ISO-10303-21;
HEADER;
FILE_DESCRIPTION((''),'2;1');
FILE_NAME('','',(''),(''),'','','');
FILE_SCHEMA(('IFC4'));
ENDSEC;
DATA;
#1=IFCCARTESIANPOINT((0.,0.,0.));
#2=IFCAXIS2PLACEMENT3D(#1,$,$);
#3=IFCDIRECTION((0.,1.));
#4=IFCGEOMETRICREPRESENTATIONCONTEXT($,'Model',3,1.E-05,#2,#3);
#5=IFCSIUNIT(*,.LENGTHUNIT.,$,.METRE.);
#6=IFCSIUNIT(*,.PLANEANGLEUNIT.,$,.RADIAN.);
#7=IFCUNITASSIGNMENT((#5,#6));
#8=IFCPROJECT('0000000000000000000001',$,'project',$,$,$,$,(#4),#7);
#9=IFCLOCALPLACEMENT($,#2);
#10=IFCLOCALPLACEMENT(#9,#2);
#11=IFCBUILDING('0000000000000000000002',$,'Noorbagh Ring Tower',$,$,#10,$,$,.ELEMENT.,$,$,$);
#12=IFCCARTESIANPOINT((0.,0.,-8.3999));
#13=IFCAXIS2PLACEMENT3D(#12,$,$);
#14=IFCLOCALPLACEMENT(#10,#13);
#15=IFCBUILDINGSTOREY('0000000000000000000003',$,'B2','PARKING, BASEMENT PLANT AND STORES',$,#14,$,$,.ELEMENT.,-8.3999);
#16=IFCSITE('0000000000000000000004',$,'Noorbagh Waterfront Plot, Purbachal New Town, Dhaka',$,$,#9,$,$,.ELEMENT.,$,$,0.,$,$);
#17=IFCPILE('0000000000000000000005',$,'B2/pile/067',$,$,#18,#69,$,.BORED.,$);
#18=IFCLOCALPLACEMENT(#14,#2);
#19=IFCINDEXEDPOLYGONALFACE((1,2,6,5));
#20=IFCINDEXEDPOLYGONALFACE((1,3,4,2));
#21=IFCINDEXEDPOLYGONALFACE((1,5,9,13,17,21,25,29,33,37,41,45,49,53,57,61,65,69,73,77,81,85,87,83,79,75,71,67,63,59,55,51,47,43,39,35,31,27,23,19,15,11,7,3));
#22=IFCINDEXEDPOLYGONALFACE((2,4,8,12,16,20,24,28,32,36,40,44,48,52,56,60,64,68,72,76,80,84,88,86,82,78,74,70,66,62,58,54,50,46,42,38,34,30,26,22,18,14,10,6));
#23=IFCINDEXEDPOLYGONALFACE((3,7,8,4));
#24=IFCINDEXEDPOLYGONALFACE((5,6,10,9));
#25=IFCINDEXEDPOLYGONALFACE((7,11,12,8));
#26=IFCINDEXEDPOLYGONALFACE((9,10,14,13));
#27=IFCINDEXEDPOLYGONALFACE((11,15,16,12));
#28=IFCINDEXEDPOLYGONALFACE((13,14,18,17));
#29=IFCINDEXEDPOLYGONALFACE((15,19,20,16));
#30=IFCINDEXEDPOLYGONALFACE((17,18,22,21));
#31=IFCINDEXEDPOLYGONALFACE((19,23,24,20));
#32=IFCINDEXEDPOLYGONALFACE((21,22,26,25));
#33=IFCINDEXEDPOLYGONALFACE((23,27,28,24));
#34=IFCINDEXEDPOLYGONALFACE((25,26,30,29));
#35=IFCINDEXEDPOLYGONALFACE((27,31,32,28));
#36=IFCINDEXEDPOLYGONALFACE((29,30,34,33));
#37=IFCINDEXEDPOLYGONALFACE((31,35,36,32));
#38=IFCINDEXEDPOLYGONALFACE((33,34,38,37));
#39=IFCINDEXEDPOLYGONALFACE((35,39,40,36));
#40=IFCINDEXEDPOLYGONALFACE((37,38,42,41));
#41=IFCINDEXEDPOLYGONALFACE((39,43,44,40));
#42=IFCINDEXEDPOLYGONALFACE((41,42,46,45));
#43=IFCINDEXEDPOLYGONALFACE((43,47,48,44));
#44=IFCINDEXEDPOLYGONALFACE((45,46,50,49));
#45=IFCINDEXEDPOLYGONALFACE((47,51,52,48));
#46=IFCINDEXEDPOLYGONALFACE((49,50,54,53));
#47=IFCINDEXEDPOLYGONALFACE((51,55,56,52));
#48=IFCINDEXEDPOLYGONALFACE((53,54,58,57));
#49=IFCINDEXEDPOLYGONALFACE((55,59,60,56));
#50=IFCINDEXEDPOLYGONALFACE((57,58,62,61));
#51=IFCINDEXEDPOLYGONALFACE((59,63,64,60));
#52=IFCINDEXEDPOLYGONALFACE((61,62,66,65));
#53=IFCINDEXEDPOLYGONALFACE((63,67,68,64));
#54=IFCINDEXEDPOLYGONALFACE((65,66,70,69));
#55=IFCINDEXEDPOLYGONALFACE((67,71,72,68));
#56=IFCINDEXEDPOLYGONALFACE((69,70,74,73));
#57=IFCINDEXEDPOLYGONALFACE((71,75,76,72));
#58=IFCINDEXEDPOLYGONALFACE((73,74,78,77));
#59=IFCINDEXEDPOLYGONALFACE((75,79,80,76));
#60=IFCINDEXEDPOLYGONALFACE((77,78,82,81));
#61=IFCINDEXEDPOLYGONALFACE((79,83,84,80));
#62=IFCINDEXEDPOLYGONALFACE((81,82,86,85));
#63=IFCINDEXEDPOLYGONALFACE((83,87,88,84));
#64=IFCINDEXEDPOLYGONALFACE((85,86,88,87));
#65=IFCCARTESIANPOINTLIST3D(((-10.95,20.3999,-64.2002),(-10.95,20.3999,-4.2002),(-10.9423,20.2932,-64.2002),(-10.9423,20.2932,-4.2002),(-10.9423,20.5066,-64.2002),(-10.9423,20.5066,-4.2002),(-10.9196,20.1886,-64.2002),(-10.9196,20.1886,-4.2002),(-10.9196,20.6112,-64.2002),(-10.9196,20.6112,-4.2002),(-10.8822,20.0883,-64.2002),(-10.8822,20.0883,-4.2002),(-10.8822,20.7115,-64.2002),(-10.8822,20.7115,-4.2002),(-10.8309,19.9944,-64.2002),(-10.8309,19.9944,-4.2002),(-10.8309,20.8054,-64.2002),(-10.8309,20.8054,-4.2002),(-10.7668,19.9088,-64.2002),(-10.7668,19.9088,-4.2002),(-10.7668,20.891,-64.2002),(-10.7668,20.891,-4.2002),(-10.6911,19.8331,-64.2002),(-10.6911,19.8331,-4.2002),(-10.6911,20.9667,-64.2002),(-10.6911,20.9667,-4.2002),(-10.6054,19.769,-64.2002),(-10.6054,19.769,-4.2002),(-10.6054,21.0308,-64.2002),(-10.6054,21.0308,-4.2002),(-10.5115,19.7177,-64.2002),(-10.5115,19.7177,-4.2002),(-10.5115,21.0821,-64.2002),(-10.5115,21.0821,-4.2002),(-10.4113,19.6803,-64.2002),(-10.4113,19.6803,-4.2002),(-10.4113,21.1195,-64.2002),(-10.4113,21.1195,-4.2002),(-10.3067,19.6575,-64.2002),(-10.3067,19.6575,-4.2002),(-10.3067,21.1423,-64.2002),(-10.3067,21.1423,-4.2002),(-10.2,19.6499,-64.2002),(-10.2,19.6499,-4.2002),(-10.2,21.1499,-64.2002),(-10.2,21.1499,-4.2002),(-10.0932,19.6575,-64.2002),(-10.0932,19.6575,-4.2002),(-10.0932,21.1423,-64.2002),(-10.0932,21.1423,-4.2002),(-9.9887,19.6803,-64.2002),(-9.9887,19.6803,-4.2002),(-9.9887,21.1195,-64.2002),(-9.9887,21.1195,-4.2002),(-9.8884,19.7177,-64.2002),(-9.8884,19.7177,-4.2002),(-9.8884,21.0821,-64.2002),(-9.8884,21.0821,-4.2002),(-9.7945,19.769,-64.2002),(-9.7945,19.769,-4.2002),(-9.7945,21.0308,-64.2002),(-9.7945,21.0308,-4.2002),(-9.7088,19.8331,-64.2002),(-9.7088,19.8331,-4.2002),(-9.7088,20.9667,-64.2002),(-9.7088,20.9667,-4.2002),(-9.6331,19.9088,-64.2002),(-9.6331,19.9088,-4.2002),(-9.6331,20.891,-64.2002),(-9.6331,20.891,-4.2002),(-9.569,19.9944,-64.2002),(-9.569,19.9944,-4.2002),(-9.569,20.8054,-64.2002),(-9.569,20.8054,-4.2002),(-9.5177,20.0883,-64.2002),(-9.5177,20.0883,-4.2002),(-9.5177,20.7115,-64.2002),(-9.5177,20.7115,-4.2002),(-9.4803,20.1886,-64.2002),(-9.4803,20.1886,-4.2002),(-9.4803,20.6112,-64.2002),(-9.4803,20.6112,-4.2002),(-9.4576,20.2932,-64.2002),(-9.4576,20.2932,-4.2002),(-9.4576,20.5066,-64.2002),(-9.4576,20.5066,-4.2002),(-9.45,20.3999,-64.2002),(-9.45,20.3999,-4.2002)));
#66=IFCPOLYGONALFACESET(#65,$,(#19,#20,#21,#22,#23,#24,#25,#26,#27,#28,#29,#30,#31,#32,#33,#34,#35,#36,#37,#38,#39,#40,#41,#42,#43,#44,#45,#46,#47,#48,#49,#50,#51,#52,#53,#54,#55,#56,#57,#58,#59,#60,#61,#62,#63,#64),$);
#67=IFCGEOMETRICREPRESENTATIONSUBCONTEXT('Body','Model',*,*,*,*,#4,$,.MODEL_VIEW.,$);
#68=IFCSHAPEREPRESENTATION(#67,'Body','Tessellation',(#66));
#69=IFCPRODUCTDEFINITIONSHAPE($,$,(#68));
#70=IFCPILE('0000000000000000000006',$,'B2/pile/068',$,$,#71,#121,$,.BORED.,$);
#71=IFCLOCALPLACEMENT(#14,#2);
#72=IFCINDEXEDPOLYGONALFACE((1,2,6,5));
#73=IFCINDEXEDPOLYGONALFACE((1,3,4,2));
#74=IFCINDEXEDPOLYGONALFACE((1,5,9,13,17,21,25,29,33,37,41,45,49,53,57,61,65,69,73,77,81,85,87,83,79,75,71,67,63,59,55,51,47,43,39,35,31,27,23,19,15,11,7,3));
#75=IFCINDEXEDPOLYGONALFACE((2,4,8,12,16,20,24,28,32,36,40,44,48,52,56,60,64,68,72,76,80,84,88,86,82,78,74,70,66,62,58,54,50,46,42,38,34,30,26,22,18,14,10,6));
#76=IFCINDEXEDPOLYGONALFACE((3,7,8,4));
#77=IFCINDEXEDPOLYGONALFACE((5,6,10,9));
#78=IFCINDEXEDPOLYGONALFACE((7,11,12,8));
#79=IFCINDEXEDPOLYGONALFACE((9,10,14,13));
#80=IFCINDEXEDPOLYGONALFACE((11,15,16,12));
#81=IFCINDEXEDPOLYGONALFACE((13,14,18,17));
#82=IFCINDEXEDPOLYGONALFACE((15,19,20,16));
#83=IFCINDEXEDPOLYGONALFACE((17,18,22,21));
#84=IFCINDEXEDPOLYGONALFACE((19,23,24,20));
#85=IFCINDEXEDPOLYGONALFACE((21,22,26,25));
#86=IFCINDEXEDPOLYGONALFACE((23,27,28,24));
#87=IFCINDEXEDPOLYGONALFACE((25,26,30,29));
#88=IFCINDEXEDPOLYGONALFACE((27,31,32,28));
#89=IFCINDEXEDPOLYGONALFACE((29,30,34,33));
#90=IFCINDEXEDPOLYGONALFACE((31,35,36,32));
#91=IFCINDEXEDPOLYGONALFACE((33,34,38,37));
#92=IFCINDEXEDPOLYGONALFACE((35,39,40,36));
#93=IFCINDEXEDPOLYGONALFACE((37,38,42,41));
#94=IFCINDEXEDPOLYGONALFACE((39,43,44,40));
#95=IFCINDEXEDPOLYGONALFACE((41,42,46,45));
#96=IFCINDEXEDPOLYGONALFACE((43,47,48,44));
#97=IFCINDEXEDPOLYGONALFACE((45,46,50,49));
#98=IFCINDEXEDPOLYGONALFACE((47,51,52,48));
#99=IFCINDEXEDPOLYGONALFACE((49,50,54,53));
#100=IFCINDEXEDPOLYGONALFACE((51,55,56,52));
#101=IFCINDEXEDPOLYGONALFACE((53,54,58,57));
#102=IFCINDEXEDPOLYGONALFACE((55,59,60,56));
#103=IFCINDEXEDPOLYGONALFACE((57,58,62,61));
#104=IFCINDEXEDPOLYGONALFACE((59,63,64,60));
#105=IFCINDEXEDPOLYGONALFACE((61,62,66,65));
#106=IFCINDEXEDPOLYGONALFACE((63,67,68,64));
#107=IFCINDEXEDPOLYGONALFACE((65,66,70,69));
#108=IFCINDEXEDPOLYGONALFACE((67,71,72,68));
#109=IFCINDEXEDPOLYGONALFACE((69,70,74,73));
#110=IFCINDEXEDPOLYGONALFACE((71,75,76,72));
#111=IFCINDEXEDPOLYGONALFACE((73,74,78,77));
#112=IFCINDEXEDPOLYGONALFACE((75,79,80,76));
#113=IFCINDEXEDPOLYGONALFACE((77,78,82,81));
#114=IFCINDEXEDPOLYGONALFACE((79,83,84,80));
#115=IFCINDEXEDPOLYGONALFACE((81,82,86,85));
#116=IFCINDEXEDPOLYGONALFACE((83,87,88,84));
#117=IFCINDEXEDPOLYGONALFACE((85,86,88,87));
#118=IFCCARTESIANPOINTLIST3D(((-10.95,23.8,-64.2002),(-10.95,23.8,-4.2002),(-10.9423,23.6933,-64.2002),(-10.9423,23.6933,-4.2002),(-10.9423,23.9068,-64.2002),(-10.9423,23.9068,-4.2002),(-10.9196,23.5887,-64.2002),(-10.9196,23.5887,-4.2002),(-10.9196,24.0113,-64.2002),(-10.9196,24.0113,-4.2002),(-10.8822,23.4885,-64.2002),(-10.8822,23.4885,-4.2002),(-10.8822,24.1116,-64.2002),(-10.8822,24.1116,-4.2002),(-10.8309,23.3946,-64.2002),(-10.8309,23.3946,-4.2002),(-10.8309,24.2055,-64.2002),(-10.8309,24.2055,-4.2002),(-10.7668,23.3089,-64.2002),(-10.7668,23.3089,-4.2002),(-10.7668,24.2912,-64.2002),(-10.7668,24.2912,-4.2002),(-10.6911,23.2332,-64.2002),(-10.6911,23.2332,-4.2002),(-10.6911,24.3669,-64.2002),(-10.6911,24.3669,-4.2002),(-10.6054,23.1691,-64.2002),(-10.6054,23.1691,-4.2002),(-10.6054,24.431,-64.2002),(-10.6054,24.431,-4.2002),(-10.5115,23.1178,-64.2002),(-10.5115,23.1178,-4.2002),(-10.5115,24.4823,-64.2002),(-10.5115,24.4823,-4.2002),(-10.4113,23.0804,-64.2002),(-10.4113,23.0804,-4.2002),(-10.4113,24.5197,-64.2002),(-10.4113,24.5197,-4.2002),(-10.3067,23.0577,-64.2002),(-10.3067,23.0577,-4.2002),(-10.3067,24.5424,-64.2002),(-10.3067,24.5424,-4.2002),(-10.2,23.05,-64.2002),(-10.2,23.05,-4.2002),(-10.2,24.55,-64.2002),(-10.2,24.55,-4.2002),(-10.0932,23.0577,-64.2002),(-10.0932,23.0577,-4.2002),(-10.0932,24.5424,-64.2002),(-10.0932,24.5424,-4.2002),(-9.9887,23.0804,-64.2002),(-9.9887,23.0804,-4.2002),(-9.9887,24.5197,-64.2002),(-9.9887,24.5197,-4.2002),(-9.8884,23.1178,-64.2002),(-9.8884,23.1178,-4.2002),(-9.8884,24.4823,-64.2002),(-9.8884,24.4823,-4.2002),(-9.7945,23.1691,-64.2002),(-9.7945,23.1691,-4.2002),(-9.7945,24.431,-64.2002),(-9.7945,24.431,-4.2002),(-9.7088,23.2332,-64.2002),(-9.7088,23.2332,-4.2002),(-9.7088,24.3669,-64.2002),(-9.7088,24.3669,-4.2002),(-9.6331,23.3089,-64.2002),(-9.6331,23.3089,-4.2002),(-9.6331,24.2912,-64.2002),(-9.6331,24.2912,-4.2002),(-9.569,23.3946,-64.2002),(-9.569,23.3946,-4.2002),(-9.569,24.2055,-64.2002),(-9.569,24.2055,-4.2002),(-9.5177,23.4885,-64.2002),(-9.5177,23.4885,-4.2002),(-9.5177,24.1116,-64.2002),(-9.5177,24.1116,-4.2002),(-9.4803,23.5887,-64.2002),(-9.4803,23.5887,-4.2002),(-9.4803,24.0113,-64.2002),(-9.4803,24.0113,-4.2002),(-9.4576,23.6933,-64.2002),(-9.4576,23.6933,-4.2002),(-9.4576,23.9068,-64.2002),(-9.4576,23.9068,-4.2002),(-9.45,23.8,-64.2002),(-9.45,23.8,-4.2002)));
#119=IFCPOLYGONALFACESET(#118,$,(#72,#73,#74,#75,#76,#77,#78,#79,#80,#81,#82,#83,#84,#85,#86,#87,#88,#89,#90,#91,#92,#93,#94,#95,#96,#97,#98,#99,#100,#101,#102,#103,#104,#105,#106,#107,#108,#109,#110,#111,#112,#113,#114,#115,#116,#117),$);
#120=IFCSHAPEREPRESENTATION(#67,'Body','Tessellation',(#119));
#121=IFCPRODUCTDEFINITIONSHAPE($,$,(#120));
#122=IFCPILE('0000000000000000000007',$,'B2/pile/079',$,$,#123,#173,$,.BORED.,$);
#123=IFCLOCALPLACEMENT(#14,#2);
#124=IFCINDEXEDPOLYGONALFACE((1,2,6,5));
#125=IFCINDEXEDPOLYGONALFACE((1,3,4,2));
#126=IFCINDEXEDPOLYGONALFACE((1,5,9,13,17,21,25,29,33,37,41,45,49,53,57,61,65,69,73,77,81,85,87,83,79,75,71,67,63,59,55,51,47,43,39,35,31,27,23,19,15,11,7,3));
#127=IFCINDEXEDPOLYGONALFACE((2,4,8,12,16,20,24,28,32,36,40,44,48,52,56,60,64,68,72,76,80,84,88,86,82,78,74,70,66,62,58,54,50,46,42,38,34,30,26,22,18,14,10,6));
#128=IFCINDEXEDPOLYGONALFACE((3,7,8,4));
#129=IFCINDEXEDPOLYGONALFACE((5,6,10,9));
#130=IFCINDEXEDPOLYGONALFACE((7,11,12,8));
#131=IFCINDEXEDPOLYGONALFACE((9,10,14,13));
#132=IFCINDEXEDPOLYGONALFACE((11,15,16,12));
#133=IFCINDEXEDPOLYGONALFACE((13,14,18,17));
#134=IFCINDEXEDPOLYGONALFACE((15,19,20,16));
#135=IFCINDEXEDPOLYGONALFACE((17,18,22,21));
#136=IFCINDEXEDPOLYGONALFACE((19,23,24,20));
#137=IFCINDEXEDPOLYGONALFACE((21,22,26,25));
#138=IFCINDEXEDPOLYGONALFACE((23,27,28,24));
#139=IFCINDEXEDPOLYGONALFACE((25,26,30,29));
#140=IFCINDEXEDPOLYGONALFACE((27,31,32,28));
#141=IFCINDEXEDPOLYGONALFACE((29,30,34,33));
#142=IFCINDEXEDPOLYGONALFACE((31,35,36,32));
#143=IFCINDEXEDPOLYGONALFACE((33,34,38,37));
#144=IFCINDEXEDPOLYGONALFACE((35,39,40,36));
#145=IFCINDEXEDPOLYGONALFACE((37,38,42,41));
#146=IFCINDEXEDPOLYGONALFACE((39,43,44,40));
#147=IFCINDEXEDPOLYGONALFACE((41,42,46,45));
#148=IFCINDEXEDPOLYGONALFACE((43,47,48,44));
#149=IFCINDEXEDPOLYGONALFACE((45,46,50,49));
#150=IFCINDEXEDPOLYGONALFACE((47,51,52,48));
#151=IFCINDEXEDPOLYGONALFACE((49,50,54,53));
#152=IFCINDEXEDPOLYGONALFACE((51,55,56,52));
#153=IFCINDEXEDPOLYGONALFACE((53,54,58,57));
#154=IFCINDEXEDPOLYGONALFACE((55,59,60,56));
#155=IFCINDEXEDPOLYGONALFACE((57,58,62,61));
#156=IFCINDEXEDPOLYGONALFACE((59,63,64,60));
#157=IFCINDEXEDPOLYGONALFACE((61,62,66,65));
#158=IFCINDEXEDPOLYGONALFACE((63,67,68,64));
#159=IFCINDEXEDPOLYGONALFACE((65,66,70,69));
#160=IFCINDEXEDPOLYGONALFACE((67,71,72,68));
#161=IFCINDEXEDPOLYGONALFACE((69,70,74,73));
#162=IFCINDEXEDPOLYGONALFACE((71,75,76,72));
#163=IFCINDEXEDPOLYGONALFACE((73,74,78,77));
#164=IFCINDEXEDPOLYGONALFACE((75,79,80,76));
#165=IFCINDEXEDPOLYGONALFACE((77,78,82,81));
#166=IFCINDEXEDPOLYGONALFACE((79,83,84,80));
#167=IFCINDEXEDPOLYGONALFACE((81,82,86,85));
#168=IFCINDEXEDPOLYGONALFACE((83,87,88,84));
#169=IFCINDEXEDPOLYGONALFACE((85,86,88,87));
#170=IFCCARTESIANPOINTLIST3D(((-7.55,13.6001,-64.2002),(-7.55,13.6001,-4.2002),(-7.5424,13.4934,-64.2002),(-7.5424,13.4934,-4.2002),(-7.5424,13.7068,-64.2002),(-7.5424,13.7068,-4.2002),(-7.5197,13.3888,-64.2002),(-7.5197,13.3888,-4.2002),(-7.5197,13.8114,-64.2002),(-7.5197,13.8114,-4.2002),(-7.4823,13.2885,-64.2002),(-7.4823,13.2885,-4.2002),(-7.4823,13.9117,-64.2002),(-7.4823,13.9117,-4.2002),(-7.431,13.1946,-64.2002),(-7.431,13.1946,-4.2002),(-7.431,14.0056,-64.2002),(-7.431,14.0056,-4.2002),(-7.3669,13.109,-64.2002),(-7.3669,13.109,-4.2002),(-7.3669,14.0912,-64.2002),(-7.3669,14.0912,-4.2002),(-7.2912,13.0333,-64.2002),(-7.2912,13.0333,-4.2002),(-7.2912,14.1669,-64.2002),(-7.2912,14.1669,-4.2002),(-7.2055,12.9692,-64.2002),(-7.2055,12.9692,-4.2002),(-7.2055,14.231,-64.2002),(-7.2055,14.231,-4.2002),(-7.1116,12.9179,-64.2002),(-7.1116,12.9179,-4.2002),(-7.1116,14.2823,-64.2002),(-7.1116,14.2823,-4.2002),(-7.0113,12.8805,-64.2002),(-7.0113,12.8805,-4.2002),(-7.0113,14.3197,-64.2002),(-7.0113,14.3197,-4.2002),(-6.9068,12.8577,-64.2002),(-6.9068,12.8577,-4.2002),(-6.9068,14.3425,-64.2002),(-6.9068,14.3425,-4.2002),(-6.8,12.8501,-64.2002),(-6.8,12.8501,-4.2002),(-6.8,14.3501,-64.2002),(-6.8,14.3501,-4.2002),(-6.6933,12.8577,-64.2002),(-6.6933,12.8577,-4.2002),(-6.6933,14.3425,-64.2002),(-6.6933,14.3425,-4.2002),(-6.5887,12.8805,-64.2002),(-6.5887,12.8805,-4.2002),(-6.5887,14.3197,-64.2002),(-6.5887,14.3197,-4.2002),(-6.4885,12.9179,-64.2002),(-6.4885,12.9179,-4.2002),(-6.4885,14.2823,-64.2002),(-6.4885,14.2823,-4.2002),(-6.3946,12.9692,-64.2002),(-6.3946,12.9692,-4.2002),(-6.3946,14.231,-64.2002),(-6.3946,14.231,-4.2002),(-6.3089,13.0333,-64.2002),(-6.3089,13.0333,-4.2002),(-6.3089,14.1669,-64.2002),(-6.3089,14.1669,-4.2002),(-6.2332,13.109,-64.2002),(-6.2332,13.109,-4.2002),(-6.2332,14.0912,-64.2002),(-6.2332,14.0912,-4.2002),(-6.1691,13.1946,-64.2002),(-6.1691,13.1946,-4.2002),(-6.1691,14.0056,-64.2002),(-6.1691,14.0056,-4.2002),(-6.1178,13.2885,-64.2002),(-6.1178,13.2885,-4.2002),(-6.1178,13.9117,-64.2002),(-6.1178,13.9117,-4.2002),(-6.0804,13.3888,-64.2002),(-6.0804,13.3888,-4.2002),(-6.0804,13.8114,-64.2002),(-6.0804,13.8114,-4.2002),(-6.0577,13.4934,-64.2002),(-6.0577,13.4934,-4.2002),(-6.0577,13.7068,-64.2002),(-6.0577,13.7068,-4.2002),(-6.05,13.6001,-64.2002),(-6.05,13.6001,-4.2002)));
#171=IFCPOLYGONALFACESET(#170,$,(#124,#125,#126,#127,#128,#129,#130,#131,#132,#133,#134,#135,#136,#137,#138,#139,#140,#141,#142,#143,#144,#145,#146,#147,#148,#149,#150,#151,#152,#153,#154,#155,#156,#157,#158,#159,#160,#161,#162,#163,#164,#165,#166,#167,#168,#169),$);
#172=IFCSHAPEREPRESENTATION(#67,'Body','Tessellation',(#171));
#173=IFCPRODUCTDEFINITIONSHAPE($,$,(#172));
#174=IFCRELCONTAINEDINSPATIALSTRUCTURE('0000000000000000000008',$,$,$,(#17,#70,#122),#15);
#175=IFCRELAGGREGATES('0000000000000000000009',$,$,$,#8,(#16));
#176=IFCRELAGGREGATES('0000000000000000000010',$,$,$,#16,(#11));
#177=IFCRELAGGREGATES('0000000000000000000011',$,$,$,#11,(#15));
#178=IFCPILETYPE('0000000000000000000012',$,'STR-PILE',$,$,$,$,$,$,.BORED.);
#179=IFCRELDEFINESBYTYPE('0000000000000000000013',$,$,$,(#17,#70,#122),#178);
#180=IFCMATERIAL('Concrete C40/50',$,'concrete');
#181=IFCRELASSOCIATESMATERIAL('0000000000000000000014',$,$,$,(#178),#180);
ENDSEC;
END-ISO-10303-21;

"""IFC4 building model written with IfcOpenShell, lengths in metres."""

from ifc_helpers import new_model, si_unit, direction, frame, origin, origin_2d, place, context, subcontext, project, spatial, circle, extrude, material, material_profile, profile_set, type_object, element, save


model = new_model("IFC4")

# Units and contexts
model_context = context("Model", 3, precision=1e-05, world=origin(), true_north=direction((0.0, 1.0)))
body_context = subcontext(model_context, "Body", "Model", "MODEL_VIEW")
ifc_project = project(units=[si_unit("LENGTHUNIT", "METRE"), si_unit("PLANEANGLEUNIT", "RADIAN")], contexts=[model_context])

# Site, building, storey
site_placement = place(None, origin())
site = spatial("IfcSite", under=ifc_project, at=site_placement, Name="Noorbagh Waterfront Plot, Purbachal New Town, Dhaka", CompositionType="ELEMENT", RefElevation=0.0)
building_placement = place(site_placement, origin())
building = spatial("IfcBuilding", under=site, at=building_placement, Name="Noorbagh Ring Tower", CompositionType="ELEMENT")
storey_placement = place(building_placement, frame((0.0, 0.0, -8.3999)))
storey = spatial("IfcBuildingStorey", under=building, at=storey_placement, Name="B2", Description="PARKING, BASEMENT PLANT AND STORES", CompositionType="ELEMENT", Elevation=-8.3999)

# Piles
ifc_material_1 = material(Name="Concrete C40/50", Category="concrete")
ifc_material_profile_1 = material_profile(ifc_material_1, circle(Radius=0.75, at=origin_2d()), Name="PILE1500")
ifc_profile_set_1 = profile_set([ifc_material_profile_1], Name="Concrete C40/50")
pile_type = type_object("IfcPileType", Name="STR-PILE", PredefinedType="BORED", material=ifc_profile_set_1)
for number, where, z_axis, x_axis, name in (
    (1, (-10.2, 20.3999, -4.2002), (0.0, 0.0, -1.0), (1.0, 0.0, 0.0), "B2/pile/067"),
    (2, (-10.2, 23.8, -4.2002), (0.0, 0.0, -1.0), (1.0, 0.0, 0.0), "B2/pile/068"),
    (3, (-6.8, 13.6001, -4.2002), (0.0, 0.0, -1.0), (1.0, 0.0, 0.0), "B2/pile/079"),
):
    element("IfcPile", number, at=place(storey_placement, frame(where, z_axis=z_axis, x_axis=x_axis)), inside=storey, type_object=pile_type, Name=name, PredefinedType="BORED", context=body_context, shape_type="SweptSolid", body=[
        extrude(circle(Radius=0.75, at=origin_2d()), origin(), (0.0, 0.0, 1.0), 60.0),
    ])

save(model, "model.ifc")
